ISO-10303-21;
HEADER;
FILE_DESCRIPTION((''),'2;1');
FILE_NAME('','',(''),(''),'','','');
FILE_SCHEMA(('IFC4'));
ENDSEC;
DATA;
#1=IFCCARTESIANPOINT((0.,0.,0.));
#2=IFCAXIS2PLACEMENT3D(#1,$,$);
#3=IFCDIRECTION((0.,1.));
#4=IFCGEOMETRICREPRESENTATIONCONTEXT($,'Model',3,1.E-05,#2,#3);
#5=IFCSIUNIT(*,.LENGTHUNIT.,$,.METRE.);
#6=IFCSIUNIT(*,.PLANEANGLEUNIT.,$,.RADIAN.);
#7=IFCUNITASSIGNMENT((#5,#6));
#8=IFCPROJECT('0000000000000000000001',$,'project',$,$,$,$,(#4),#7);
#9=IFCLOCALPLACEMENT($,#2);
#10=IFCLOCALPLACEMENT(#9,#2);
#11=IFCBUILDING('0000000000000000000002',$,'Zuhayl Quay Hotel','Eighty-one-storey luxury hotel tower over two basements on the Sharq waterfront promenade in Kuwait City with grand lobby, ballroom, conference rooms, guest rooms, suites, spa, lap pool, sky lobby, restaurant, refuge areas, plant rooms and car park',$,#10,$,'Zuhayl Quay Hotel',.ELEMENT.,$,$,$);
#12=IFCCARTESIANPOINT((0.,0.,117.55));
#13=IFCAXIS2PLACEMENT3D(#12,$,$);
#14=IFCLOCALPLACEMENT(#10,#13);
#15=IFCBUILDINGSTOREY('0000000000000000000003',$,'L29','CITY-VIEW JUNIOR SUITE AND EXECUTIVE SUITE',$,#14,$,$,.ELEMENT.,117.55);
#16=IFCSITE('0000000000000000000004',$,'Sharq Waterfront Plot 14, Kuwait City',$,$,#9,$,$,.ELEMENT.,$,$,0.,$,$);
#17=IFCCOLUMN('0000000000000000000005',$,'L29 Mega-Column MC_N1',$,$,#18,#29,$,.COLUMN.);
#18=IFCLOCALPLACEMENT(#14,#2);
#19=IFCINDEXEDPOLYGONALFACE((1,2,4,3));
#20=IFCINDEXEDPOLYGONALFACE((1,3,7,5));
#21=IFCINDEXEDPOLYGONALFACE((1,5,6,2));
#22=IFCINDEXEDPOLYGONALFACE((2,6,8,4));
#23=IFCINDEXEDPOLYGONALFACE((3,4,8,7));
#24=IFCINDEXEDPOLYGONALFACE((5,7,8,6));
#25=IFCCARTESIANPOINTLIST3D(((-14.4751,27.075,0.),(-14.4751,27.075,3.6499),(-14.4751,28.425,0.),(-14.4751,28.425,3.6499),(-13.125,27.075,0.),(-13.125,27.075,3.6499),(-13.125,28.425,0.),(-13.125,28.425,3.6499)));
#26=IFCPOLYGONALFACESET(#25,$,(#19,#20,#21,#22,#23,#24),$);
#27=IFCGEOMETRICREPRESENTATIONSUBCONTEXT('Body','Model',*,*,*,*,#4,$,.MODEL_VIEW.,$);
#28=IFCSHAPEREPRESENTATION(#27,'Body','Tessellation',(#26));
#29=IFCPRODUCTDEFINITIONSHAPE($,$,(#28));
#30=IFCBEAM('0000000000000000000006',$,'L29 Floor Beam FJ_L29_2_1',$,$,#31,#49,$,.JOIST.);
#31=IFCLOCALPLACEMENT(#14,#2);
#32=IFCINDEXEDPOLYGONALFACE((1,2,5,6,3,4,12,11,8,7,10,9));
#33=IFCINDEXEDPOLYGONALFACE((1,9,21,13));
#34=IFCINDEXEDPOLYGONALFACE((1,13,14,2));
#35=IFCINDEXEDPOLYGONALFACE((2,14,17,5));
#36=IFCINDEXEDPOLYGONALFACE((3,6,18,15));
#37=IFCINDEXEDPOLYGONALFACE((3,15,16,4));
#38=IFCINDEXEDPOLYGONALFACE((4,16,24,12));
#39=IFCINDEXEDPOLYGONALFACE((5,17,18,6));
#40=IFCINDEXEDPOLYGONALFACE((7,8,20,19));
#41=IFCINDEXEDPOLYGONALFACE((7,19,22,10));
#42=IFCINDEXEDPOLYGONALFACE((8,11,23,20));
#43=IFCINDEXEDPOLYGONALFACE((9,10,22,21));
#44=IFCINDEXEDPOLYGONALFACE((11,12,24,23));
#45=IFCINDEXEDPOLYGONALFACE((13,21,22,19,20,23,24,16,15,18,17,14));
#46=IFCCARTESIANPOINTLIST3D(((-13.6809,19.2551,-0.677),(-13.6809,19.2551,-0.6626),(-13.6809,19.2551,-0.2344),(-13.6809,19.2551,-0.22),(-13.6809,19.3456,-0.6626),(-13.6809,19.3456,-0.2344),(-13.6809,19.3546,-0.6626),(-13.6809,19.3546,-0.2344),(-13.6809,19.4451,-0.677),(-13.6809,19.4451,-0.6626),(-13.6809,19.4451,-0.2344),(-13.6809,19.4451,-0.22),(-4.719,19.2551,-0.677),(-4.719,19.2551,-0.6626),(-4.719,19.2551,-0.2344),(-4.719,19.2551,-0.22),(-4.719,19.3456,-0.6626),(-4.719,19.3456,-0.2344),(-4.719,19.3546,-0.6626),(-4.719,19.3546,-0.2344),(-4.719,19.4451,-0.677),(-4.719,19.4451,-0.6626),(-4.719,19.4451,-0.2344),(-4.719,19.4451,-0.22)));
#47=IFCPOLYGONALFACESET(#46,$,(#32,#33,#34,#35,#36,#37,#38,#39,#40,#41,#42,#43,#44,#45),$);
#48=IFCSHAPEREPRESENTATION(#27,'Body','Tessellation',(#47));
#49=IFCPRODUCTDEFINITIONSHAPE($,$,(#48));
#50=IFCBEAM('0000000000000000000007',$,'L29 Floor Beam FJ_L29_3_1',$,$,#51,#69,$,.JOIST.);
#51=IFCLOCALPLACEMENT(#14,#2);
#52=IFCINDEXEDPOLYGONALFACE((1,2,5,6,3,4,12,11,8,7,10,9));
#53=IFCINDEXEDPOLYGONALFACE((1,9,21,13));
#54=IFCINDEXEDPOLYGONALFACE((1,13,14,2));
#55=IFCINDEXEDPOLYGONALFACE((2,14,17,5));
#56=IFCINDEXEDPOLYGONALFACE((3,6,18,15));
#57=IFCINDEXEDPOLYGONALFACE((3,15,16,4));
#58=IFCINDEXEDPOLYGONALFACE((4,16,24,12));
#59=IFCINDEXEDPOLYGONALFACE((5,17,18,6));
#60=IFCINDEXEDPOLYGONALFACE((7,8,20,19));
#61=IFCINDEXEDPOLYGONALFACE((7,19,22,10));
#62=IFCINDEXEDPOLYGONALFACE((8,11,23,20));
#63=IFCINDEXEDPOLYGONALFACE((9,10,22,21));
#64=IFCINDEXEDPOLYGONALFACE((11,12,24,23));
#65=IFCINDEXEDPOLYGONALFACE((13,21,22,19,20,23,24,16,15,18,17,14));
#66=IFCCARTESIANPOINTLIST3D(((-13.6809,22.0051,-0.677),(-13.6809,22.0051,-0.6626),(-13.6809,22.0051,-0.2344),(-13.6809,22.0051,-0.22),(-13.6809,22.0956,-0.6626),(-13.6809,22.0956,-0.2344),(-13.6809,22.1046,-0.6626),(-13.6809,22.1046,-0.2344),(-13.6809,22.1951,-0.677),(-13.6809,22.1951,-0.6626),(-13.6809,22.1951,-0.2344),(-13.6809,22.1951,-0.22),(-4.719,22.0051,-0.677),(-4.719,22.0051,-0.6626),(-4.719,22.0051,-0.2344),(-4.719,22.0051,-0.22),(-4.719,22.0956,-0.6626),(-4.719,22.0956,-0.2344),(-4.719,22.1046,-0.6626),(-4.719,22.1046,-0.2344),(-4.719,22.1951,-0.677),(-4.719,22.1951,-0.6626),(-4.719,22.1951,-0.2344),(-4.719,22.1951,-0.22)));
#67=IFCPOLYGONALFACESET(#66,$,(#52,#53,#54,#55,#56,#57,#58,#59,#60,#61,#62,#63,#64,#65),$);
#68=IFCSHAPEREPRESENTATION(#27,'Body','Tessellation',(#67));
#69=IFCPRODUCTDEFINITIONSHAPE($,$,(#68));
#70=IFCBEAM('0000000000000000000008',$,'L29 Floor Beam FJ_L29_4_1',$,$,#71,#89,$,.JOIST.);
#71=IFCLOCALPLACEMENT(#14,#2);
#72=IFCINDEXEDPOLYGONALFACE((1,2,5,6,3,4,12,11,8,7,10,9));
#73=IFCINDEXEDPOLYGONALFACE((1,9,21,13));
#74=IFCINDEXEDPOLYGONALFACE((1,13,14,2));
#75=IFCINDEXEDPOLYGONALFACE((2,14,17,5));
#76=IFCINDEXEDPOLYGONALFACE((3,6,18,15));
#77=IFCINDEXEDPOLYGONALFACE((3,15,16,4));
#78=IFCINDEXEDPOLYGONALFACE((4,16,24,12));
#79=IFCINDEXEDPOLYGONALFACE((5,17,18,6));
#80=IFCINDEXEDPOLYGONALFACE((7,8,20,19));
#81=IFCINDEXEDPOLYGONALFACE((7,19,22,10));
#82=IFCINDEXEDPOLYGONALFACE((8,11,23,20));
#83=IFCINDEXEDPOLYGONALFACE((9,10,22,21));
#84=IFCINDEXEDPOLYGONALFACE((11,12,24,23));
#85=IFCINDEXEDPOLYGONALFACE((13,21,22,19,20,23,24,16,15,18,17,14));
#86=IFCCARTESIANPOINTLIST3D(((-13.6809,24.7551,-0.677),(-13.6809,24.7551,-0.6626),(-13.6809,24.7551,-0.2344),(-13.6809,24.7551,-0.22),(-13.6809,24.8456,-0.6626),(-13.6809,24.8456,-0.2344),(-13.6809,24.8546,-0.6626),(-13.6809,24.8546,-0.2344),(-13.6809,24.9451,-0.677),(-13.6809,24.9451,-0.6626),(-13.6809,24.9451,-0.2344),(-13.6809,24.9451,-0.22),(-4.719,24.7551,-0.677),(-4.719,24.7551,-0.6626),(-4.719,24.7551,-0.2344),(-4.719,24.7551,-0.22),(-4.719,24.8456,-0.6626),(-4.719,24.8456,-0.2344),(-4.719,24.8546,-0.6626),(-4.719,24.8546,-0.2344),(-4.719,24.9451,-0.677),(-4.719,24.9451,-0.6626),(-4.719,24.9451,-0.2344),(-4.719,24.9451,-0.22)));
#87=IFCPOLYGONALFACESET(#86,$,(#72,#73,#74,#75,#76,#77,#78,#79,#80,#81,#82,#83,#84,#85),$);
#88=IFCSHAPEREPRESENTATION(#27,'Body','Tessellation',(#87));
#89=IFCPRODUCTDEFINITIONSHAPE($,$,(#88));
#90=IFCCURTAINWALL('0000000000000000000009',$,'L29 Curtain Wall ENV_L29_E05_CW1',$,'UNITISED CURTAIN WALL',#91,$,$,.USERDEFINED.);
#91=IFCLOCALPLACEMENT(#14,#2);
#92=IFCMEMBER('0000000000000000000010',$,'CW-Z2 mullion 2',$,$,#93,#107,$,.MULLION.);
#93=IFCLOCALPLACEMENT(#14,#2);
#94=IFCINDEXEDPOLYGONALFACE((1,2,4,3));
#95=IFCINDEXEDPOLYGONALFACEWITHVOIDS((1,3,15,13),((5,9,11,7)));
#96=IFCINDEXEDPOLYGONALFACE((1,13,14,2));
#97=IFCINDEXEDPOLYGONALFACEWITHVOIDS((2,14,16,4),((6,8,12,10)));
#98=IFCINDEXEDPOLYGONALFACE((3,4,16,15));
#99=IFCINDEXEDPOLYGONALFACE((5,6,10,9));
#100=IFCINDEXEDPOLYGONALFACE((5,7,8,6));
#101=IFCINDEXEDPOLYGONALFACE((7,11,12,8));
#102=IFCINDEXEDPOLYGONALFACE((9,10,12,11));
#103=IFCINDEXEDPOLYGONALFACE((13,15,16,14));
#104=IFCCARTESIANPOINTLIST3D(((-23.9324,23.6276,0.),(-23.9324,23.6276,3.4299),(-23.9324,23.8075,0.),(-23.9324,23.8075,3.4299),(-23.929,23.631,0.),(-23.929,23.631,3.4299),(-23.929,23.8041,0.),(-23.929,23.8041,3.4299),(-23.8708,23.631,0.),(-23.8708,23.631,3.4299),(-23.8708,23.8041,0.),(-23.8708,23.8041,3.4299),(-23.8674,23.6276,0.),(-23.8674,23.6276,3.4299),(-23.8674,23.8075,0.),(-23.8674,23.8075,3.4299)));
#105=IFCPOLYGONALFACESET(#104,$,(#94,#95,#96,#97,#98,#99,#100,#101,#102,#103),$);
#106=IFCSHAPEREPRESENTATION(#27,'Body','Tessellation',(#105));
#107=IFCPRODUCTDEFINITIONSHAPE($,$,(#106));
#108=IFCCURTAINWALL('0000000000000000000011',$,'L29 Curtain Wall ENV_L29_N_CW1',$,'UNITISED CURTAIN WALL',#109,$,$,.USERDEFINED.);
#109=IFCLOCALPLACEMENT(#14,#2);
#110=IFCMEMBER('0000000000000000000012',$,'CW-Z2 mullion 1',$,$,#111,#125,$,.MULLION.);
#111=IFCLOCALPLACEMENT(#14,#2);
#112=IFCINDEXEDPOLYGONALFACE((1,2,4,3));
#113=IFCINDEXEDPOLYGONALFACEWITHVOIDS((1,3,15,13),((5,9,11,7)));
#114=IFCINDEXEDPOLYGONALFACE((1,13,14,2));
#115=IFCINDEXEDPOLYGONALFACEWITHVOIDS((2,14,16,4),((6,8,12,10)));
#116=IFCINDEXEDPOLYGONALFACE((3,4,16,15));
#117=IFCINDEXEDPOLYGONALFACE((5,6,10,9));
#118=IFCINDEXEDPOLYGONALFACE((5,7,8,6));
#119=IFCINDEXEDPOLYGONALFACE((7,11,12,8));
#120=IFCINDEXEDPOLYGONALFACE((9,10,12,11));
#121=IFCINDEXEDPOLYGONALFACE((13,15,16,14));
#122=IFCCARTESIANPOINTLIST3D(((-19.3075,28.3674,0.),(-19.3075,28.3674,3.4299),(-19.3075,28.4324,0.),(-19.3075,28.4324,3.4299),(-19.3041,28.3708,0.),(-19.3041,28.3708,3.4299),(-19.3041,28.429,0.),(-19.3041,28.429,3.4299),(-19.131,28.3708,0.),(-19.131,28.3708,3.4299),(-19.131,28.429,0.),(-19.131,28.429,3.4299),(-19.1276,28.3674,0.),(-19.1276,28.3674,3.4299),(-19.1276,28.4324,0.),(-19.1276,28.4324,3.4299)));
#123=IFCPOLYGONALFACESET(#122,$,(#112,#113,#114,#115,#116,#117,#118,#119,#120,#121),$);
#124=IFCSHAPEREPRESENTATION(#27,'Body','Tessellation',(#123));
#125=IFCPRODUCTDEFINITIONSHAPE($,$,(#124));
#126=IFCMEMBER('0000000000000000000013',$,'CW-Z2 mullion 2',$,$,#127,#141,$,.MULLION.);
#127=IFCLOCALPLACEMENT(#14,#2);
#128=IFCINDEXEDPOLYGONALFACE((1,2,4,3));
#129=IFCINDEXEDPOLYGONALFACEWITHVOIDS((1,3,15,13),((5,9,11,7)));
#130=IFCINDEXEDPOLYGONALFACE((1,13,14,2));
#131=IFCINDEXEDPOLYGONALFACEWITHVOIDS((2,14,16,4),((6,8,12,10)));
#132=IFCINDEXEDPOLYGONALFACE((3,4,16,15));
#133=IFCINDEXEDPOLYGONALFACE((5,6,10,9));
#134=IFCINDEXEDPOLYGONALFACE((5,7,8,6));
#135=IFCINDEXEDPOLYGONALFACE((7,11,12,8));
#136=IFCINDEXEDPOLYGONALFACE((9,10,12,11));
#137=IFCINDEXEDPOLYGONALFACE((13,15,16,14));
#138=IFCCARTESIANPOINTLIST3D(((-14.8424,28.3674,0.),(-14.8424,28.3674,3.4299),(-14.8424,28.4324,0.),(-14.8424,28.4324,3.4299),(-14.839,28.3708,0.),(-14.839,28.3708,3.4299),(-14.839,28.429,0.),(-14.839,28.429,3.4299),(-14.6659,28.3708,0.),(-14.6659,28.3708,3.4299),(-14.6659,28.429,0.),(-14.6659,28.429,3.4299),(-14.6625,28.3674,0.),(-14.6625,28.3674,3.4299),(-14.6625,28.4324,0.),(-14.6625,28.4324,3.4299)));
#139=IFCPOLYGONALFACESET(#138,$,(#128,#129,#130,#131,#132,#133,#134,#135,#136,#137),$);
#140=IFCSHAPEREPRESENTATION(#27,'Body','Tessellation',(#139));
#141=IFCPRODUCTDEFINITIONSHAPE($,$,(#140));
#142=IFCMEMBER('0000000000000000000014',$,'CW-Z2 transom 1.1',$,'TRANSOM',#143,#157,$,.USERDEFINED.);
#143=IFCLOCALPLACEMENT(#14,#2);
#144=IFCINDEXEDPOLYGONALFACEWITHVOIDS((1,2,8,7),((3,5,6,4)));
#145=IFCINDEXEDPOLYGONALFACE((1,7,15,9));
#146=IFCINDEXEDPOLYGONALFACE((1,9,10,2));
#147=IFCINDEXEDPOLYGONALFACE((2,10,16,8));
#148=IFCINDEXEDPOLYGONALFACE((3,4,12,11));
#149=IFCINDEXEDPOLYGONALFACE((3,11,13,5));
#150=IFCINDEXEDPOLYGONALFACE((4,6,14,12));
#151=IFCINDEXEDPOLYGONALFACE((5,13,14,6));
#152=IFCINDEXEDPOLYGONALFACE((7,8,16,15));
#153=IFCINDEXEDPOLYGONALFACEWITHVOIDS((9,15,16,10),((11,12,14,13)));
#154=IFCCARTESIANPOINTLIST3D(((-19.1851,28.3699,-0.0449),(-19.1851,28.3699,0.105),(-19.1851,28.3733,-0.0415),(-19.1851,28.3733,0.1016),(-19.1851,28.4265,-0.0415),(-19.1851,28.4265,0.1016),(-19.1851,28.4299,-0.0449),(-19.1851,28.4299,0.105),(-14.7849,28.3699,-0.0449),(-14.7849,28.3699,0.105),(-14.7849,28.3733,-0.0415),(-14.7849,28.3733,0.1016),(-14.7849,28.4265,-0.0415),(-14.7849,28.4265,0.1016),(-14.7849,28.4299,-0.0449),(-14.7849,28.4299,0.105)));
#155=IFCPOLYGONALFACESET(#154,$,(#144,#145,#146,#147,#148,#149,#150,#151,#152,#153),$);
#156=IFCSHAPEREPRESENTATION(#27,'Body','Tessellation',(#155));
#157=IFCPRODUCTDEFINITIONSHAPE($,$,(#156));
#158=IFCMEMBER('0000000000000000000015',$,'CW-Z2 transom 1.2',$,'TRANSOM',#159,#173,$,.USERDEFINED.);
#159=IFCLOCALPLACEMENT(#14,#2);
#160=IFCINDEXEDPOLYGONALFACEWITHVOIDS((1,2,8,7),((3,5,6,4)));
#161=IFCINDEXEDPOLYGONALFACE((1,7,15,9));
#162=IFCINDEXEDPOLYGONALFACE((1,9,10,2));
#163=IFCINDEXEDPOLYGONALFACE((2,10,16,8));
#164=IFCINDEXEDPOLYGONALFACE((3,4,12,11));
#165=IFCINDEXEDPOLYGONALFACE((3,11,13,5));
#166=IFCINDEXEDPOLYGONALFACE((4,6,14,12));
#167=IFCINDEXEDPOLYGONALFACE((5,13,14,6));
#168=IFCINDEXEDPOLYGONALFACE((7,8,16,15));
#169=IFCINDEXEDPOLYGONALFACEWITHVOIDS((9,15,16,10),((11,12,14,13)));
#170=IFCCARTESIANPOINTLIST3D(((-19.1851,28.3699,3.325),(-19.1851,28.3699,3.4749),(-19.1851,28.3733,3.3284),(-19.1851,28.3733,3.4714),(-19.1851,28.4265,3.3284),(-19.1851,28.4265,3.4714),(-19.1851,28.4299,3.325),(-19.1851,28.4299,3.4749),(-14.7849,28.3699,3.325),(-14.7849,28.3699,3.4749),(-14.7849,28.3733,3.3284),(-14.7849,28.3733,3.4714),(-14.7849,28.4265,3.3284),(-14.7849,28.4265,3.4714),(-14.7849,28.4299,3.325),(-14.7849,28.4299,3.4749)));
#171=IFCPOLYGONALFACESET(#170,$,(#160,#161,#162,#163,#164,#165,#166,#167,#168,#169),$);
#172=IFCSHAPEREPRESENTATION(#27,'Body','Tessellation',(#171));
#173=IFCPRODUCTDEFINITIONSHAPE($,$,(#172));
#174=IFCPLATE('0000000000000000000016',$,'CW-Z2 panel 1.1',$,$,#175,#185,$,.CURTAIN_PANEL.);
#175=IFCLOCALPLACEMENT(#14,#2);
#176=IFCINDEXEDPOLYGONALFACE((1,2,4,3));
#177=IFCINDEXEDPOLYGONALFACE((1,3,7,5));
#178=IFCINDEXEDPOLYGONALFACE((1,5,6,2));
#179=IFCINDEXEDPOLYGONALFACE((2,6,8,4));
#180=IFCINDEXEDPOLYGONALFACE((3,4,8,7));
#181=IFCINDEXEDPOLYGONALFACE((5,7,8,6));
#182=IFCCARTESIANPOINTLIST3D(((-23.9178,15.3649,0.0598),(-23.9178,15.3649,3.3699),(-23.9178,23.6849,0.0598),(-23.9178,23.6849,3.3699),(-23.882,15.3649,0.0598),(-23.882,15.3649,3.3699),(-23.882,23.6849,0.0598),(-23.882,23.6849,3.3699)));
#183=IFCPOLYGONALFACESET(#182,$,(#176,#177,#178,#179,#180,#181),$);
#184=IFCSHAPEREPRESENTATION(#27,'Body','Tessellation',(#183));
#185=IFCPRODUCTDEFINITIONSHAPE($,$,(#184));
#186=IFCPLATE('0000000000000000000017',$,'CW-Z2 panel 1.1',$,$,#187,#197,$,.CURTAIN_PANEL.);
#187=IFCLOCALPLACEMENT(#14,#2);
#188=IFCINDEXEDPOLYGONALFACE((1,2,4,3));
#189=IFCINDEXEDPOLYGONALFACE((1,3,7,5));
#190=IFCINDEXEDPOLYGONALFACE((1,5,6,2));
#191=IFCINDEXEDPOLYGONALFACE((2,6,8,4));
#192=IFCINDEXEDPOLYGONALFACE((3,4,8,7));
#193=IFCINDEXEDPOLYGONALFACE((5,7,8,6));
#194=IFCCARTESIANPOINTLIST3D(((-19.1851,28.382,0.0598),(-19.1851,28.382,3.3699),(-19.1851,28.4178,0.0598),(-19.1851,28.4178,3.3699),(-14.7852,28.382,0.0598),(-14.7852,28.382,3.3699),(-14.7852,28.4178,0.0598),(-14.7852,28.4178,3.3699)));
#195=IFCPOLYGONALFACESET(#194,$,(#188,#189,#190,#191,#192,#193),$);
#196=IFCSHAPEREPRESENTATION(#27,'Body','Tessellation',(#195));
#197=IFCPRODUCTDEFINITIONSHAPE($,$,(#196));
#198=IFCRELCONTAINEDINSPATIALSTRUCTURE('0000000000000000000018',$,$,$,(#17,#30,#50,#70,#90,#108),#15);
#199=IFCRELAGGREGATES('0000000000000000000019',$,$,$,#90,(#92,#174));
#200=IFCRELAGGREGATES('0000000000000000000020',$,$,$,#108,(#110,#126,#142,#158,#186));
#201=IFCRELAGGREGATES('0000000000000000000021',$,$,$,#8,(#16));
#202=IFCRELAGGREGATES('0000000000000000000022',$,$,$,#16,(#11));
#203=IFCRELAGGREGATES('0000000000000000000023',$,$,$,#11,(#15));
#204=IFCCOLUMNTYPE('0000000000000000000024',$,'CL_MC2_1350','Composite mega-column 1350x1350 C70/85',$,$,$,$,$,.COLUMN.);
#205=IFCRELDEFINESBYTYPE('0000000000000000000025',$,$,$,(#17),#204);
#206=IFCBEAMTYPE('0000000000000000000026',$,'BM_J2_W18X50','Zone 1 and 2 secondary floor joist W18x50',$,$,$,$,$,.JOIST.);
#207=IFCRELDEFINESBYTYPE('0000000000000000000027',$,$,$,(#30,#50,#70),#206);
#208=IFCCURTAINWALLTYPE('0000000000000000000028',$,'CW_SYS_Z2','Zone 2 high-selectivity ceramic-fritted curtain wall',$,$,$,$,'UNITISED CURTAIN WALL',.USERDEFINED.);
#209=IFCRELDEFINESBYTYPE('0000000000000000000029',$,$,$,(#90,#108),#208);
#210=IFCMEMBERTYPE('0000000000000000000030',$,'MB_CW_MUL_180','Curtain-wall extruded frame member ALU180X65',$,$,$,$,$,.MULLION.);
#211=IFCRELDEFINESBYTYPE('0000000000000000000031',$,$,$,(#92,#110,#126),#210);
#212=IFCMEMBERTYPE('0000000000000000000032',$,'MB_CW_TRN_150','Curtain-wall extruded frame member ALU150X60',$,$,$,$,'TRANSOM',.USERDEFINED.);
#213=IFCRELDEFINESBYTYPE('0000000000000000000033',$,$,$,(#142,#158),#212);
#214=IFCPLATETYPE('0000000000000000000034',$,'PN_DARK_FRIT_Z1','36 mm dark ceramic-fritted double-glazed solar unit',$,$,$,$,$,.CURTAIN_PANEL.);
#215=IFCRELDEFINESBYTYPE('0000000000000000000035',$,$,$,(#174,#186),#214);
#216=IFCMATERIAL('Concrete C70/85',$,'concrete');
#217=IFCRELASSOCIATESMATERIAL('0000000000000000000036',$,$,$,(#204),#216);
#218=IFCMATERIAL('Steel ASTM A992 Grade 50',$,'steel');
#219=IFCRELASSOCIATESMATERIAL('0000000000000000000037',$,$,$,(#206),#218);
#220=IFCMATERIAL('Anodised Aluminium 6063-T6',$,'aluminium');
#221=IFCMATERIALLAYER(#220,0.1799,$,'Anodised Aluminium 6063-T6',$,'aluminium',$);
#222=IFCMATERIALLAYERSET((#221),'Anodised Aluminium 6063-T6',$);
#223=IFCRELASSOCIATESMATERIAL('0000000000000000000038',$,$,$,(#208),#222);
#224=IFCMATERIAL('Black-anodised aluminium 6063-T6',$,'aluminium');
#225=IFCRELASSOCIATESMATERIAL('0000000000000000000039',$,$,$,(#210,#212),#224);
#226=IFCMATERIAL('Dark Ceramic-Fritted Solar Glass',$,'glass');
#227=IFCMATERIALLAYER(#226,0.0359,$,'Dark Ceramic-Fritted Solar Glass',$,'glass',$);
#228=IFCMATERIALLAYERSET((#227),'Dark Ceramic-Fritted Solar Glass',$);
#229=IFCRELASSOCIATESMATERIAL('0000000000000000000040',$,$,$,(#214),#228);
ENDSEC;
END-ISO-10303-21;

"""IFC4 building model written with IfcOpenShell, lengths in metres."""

from ifc_helpers import new_model, si_unit, direction, frame, origin, origin_2d, place, context, subcontext, project, spatial, rectangle, hollow_rectangle, i_section, extrude, material, layer, layer_set, material_profile, profile_set, type_object, element, aggregate, save


model = new_model("IFC4")

# Units and contexts
model_context = context("Model", 3, precision=1e-05, world=origin(), true_north=direction((0.0, 1.0)))
body_context = subcontext(model_context, "Body", "Model", "MODEL_VIEW")
ifc_project = project(units=[si_unit("LENGTHUNIT", "METRE"), si_unit("PLANEANGLEUNIT", "RADIAN")], contexts=[model_context])

# Site, building, storey
site_placement = place(None, origin())
site = spatial("IfcSite", under=ifc_project, at=site_placement, Name="Sharq Waterfront Plot 14, Kuwait City", CompositionType="ELEMENT", RefElevation=0.0)
building_placement = place(site_placement, origin())
building = spatial("IfcBuilding", under=site, at=building_placement, Name="Zuhayl Quay Hotel", Description="Eighty-one-storey luxury hotel tower over two basements on the Sharq waterfront promenade in Kuwait City with grand lobby, ballroom, conference rooms, guest rooms, suites, spa, lap pool, sky lobby, restaurant, refuge areas, plant rooms and car park", LongName="Zuhayl Quay Hotel", CompositionType="ELEMENT")
storey_placement = place(building_placement, frame((0.0, 0.0, 117.55)))
storey = spatial("IfcBuildingStorey", under=building, at=storey_placement, Name="L29", Description="CITY-VIEW JUNIOR SUITE AND EXECUTIVE SUITE", CompositionType="ELEMENT", Elevation=117.55)

# Column
ifc_material_1 = material(Name="Concrete C70/85", Category="concrete")
ifc_material_profile_1 = material_profile(ifc_material_1, rectangle(XDim=1.3501, YDim=1.3501, at=origin_2d()), Name="RC1350X1350")
ifc_profile_set_1 = profile_set([ifc_material_profile_1], Name="Concrete C70/85")
column_type = type_object("IfcColumnType", Name="CL_MC2_1350", Description="Composite mega-column 1350x1350 C70/85", PredefinedType="COLUMN", material=ifc_profile_set_1)
column_placement = place(storey_placement, frame((-13.8, 27.75, 0.0), z_axis=(0.0, 0.0, 1.0), x_axis=(1.0, 0.0, 0.0)))
element("IfcColumn", 1, at=column_placement, inside=storey, type_object=column_type, Name="L29 Mega-Column MC_N1", PredefinedType="COLUMN", context=body_context, shape_type="SweptSolid", body=[
    extrude(rectangle(XDim=1.3501, YDim=1.3501, at=origin_2d()), origin(), (0.0, 0.0, 1.0), 3.6499),
])

# Beams
ifc_material_2 = material(Name="Steel ASTM A992 Grade 50", Category="steel")
ifc_material_profile_2 = material_profile(ifc_material_2, i_section(OverallWidth=0.1899, OverallDepth=0.457, WebThickness=0.009, FlangeThickness=0.0144, at=origin_2d()), Name="W18X50")
ifc_profile_set_2 = profile_set([ifc_material_profile_2], Name="Steel ASTM A992 Grade 50")
beam_type = type_object("IfcBeamType", Name="BM_J2_W18X50", Description="Zone 1 and 2 secondary floor joist W18x50", PredefinedType="JOIST", material=ifc_profile_set_2)
for number, where, z_axis, x_axis, name in (
    (2, (-13.6809, 19.3501, -0.4485), (1.0, 0.0, 0.0), (0.0, 1.0, 0.0), "L29 Floor Beam FJ_L29_2_1"),
    (3, (-13.6809, 22.1001, -0.4485), (1.0, 0.0, 0.0), (0.0, 1.0, 0.0), "L29 Floor Beam FJ_L29_3_1"),
    (4, (-13.6809, 24.8501, -0.4485), (1.0, 0.0, 0.0), (0.0, 1.0, 0.0), "L29 Floor Beam FJ_L29_4_1"),
):
    element("IfcBeam", number, at=place(storey_placement, frame(where, z_axis=z_axis, x_axis=x_axis)), inside=storey, type_object=beam_type, Name=name, PredefinedType="JOIST", context=body_context, shape_type="SweptSolid", body=[
        extrude(i_section(OverallWidth=0.1899, OverallDepth=0.457, WebThickness=0.009, FlangeThickness=0.0144, at=origin_2d()), origin(), (0.0, 0.0, 1.0), 8.9619),
    ])

# Curtain wall, member
ifc_material_3 = material(Name="Anodised Aluminium 6063-T6", Category="aluminium")
ifc_layer_1 = layer(ifc_material_3, 0.1799, Name="Anodised Aluminium 6063-T6", Category="aluminium")
ifc_layer_set_1 = layer_set([ifc_layer_1], Name="Anodised Aluminium 6063-T6")
curtain_wall_type = type_object("IfcCurtainWallType", Name="CW_SYS_Z2", Description="Zone 2 high-selectivity ceramic-fritted curtain wall", ElementType="UNITISED CURTAIN WALL", PredefinedType="USERDEFINED", material=ifc_layer_set_1)
curtain_wall_1_placement = place(storey_placement, origin())
curtain_wall_1 = element("IfcCurtainWall", 5, at=curtain_wall_1_placement, inside=storey, type_object=curtain_wall_type, Name="L29 Curtain Wall ENV_L29_E05_CW1", ObjectType="UNITISED CURTAIN WALL", PredefinedType="USERDEFINED")
ifc_material_4 = material(Name="Black-anodised aluminium 6063-T6", Category="aluminium")
ifc_material_profile_3 = material_profile(ifc_material_4, hollow_rectangle(XDim=0.0649, YDim=0.1799, WallThickness=0.0034, at=origin_2d()), Name="ALU180X65")
ifc_profile_set_3 = profile_set([ifc_material_profile_3], Name="Black-anodised aluminium 6063-T6")
member_type_1 = type_object("IfcMemberType", Name="MB_CW_MUL_180", Description="Curtain-wall extruded frame member ALU180X65", PredefinedType="MULLION", material=ifc_profile_set_3)
member_1_placement = place(storey_placement, frame((-23.8999, 23.7175, 0.0), z_axis=(0.0, 0.0, 1.0), x_axis=(-1.0, 0.0, 0.0)))
member_1 = element("IfcMember", 6, at=member_1_placement, type_object=member_type_1, Name="CW-Z2 mullion 2", PredefinedType="MULLION", context=body_context, shape_type="SweptSolid", body=[
    extrude(hollow_rectangle(XDim=0.0649, YDim=0.1799, WallThickness=0.0034, at=origin_2d()), origin(), (0.0, 0.0, 1.0), 3.4299),
])

# Curtain wall, members
curtain_wall_2_placement = place(storey_placement, origin())
curtain_wall_2 = element("IfcCurtainWall", 7, at=curtain_wall_2_placement, inside=storey, type_object=curtain_wall_type, Name="L29 Curtain Wall ENV_L29_N_CW1", ObjectType="UNITISED CURTAIN WALL", PredefinedType="USERDEFINED")
member_2_placement = place(storey_placement, frame((-19.2175, 28.3999, 0.0), z_axis=(0.0, 0.0, 1.0), x_axis=(0.0, 1.0, 0.0)))
member_2 = element("IfcMember", 8, at=member_2_placement, type_object=member_type_1, Name="CW-Z2 mullion 1", PredefinedType="MULLION", context=body_context, shape_type="SweptSolid", body=[
    extrude(hollow_rectangle(XDim=0.0649, YDim=0.1799, WallThickness=0.0034, at=origin_2d()), origin(), (0.0, 0.0, 1.0), 3.4299),
])
member_3_placement = place(storey_placement, frame((-14.7524, 28.3999, 0.0), z_axis=(0.0, 0.0, 1.0), x_axis=(0.0, 1.0, 0.0)))
member_3 = element("IfcMember", 9, at=member_3_placement, type_object=member_type_1, Name="CW-Z2 mullion 2", PredefinedType="MULLION", context=body_context, shape_type="SweptSolid", body=[
    extrude(hollow_rectangle(XDim=0.0649, YDim=0.1799, WallThickness=0.0034, at=origin_2d()), origin(), (0.0, 0.0, 1.0), 3.4299),
])
ifc_material_profile_4 = material_profile(ifc_material_4, hollow_rectangle(XDim=0.0601, YDim=0.1499, WallThickness=0.0034, at=origin_2d()), Name="ALU150X60")
ifc_profile_set_4 = profile_set([ifc_material_profile_4], Name="Black-anodised aluminium 6063-T6")
member_type_2 = type_object("IfcMemberType", Name="MB_CW_TRN_150", Description="Curtain-wall extruded frame member ALU150X60", ElementType="TRANSOM", PredefinedType="USERDEFINED", material=ifc_profile_set_4)
member_4_placement = place(storey_placement, frame((-19.1851, 28.3999, 0.03), z_axis=(1.0, 0.0, 0.0), x_axis=(0.0, 1.0, 0.0)))
member_4 = element("IfcMember", 10, at=member_4_placement, type_object=member_type_2, Name="CW-Z2 transom 1.1", ObjectType="TRANSOM", PredefinedType="USERDEFINED", context=body_context, shape_type="SweptSolid", body=[
    extrude(hollow_rectangle(XDim=0.0601, YDim=0.1499, WallThickness=0.0034, at=origin_2d()), origin(), (0.0, 0.0, 1.0), 4.4001),
])
member_5_placement = place(storey_placement, frame((-19.1851, 28.3999, 3.3999), z_axis=(1.0, 0.0, 0.0), x_axis=(0.0, 1.0, 0.0)))
member_5 = element("IfcMember", 11, at=member_5_placement, type_object=member_type_2, Name="CW-Z2 transom 1.2", ObjectType="TRANSOM", PredefinedType="USERDEFINED", context=body_context, shape_type="SweptSolid", body=[
    extrude(hollow_rectangle(XDim=0.0601, YDim=0.1499, WallThickness=0.0034, at=origin_2d()), origin(), (0.0, 0.0, 1.0), 4.4001),
])

# Plates
ifc_material_5 = material(Name="Dark Ceramic-Fritted Solar Glass", Category="glass")
ifc_layer_2 = layer(ifc_material_5, 0.0359, Name="Dark Ceramic-Fritted Solar Glass", Category="glass")
ifc_layer_set_2 = layer_set([ifc_layer_2], Name="Dark Ceramic-Fritted Solar Glass")
plate_type = type_object("IfcPlateType", Name="PN_DARK_FRIT_Z1", Description="36 mm dark ceramic-fritted double-glazed solar unit", PredefinedType="CURTAIN_PANEL", material=ifc_layer_set_2)
plate_1_placement = place(storey_placement, frame((-23.8999, 19.5249, 0.0598), z_axis=(0.0, 0.0, 1.0), x_axis=(0.0, 1.0, 0.0)))
plate_1 = element("IfcPlate", 12, at=plate_1_placement, type_object=plate_type, Name="CW-Z2 panel 1.1", PredefinedType="CURTAIN_PANEL", context=body_context, shape_type="SweptSolid", body=[
    extrude(rectangle(XDim=8.3201, YDim=0.0359, at=origin_2d()), origin(), (0.0, 0.0, 1.0), 3.3101),
])
aggregate(curtain_wall_1, [member_1, plate_1])
plate_2_placement = place(storey_placement, frame((-16.9851, 28.3999, 0.0598), z_axis=(0.0, 0.0, 1.0), x_axis=(1.0, 0.0, 0.0)))
plate_2 = element("IfcPlate", 13, at=plate_2_placement, type_object=plate_type, Name="CW-Z2 panel 1.1", PredefinedType="CURTAIN_PANEL", context=body_context, shape_type="SweptSolid", body=[
    extrude(rectangle(XDim=4.3999, YDim=0.0359, at=origin_2d()), origin(), (0.0, 0.0, 1.0), 3.3101),
])
aggregate(curtain_wall_2, [member_2, member_3, member_4, member_5, plate_2])

save(model, "model.ifc")
